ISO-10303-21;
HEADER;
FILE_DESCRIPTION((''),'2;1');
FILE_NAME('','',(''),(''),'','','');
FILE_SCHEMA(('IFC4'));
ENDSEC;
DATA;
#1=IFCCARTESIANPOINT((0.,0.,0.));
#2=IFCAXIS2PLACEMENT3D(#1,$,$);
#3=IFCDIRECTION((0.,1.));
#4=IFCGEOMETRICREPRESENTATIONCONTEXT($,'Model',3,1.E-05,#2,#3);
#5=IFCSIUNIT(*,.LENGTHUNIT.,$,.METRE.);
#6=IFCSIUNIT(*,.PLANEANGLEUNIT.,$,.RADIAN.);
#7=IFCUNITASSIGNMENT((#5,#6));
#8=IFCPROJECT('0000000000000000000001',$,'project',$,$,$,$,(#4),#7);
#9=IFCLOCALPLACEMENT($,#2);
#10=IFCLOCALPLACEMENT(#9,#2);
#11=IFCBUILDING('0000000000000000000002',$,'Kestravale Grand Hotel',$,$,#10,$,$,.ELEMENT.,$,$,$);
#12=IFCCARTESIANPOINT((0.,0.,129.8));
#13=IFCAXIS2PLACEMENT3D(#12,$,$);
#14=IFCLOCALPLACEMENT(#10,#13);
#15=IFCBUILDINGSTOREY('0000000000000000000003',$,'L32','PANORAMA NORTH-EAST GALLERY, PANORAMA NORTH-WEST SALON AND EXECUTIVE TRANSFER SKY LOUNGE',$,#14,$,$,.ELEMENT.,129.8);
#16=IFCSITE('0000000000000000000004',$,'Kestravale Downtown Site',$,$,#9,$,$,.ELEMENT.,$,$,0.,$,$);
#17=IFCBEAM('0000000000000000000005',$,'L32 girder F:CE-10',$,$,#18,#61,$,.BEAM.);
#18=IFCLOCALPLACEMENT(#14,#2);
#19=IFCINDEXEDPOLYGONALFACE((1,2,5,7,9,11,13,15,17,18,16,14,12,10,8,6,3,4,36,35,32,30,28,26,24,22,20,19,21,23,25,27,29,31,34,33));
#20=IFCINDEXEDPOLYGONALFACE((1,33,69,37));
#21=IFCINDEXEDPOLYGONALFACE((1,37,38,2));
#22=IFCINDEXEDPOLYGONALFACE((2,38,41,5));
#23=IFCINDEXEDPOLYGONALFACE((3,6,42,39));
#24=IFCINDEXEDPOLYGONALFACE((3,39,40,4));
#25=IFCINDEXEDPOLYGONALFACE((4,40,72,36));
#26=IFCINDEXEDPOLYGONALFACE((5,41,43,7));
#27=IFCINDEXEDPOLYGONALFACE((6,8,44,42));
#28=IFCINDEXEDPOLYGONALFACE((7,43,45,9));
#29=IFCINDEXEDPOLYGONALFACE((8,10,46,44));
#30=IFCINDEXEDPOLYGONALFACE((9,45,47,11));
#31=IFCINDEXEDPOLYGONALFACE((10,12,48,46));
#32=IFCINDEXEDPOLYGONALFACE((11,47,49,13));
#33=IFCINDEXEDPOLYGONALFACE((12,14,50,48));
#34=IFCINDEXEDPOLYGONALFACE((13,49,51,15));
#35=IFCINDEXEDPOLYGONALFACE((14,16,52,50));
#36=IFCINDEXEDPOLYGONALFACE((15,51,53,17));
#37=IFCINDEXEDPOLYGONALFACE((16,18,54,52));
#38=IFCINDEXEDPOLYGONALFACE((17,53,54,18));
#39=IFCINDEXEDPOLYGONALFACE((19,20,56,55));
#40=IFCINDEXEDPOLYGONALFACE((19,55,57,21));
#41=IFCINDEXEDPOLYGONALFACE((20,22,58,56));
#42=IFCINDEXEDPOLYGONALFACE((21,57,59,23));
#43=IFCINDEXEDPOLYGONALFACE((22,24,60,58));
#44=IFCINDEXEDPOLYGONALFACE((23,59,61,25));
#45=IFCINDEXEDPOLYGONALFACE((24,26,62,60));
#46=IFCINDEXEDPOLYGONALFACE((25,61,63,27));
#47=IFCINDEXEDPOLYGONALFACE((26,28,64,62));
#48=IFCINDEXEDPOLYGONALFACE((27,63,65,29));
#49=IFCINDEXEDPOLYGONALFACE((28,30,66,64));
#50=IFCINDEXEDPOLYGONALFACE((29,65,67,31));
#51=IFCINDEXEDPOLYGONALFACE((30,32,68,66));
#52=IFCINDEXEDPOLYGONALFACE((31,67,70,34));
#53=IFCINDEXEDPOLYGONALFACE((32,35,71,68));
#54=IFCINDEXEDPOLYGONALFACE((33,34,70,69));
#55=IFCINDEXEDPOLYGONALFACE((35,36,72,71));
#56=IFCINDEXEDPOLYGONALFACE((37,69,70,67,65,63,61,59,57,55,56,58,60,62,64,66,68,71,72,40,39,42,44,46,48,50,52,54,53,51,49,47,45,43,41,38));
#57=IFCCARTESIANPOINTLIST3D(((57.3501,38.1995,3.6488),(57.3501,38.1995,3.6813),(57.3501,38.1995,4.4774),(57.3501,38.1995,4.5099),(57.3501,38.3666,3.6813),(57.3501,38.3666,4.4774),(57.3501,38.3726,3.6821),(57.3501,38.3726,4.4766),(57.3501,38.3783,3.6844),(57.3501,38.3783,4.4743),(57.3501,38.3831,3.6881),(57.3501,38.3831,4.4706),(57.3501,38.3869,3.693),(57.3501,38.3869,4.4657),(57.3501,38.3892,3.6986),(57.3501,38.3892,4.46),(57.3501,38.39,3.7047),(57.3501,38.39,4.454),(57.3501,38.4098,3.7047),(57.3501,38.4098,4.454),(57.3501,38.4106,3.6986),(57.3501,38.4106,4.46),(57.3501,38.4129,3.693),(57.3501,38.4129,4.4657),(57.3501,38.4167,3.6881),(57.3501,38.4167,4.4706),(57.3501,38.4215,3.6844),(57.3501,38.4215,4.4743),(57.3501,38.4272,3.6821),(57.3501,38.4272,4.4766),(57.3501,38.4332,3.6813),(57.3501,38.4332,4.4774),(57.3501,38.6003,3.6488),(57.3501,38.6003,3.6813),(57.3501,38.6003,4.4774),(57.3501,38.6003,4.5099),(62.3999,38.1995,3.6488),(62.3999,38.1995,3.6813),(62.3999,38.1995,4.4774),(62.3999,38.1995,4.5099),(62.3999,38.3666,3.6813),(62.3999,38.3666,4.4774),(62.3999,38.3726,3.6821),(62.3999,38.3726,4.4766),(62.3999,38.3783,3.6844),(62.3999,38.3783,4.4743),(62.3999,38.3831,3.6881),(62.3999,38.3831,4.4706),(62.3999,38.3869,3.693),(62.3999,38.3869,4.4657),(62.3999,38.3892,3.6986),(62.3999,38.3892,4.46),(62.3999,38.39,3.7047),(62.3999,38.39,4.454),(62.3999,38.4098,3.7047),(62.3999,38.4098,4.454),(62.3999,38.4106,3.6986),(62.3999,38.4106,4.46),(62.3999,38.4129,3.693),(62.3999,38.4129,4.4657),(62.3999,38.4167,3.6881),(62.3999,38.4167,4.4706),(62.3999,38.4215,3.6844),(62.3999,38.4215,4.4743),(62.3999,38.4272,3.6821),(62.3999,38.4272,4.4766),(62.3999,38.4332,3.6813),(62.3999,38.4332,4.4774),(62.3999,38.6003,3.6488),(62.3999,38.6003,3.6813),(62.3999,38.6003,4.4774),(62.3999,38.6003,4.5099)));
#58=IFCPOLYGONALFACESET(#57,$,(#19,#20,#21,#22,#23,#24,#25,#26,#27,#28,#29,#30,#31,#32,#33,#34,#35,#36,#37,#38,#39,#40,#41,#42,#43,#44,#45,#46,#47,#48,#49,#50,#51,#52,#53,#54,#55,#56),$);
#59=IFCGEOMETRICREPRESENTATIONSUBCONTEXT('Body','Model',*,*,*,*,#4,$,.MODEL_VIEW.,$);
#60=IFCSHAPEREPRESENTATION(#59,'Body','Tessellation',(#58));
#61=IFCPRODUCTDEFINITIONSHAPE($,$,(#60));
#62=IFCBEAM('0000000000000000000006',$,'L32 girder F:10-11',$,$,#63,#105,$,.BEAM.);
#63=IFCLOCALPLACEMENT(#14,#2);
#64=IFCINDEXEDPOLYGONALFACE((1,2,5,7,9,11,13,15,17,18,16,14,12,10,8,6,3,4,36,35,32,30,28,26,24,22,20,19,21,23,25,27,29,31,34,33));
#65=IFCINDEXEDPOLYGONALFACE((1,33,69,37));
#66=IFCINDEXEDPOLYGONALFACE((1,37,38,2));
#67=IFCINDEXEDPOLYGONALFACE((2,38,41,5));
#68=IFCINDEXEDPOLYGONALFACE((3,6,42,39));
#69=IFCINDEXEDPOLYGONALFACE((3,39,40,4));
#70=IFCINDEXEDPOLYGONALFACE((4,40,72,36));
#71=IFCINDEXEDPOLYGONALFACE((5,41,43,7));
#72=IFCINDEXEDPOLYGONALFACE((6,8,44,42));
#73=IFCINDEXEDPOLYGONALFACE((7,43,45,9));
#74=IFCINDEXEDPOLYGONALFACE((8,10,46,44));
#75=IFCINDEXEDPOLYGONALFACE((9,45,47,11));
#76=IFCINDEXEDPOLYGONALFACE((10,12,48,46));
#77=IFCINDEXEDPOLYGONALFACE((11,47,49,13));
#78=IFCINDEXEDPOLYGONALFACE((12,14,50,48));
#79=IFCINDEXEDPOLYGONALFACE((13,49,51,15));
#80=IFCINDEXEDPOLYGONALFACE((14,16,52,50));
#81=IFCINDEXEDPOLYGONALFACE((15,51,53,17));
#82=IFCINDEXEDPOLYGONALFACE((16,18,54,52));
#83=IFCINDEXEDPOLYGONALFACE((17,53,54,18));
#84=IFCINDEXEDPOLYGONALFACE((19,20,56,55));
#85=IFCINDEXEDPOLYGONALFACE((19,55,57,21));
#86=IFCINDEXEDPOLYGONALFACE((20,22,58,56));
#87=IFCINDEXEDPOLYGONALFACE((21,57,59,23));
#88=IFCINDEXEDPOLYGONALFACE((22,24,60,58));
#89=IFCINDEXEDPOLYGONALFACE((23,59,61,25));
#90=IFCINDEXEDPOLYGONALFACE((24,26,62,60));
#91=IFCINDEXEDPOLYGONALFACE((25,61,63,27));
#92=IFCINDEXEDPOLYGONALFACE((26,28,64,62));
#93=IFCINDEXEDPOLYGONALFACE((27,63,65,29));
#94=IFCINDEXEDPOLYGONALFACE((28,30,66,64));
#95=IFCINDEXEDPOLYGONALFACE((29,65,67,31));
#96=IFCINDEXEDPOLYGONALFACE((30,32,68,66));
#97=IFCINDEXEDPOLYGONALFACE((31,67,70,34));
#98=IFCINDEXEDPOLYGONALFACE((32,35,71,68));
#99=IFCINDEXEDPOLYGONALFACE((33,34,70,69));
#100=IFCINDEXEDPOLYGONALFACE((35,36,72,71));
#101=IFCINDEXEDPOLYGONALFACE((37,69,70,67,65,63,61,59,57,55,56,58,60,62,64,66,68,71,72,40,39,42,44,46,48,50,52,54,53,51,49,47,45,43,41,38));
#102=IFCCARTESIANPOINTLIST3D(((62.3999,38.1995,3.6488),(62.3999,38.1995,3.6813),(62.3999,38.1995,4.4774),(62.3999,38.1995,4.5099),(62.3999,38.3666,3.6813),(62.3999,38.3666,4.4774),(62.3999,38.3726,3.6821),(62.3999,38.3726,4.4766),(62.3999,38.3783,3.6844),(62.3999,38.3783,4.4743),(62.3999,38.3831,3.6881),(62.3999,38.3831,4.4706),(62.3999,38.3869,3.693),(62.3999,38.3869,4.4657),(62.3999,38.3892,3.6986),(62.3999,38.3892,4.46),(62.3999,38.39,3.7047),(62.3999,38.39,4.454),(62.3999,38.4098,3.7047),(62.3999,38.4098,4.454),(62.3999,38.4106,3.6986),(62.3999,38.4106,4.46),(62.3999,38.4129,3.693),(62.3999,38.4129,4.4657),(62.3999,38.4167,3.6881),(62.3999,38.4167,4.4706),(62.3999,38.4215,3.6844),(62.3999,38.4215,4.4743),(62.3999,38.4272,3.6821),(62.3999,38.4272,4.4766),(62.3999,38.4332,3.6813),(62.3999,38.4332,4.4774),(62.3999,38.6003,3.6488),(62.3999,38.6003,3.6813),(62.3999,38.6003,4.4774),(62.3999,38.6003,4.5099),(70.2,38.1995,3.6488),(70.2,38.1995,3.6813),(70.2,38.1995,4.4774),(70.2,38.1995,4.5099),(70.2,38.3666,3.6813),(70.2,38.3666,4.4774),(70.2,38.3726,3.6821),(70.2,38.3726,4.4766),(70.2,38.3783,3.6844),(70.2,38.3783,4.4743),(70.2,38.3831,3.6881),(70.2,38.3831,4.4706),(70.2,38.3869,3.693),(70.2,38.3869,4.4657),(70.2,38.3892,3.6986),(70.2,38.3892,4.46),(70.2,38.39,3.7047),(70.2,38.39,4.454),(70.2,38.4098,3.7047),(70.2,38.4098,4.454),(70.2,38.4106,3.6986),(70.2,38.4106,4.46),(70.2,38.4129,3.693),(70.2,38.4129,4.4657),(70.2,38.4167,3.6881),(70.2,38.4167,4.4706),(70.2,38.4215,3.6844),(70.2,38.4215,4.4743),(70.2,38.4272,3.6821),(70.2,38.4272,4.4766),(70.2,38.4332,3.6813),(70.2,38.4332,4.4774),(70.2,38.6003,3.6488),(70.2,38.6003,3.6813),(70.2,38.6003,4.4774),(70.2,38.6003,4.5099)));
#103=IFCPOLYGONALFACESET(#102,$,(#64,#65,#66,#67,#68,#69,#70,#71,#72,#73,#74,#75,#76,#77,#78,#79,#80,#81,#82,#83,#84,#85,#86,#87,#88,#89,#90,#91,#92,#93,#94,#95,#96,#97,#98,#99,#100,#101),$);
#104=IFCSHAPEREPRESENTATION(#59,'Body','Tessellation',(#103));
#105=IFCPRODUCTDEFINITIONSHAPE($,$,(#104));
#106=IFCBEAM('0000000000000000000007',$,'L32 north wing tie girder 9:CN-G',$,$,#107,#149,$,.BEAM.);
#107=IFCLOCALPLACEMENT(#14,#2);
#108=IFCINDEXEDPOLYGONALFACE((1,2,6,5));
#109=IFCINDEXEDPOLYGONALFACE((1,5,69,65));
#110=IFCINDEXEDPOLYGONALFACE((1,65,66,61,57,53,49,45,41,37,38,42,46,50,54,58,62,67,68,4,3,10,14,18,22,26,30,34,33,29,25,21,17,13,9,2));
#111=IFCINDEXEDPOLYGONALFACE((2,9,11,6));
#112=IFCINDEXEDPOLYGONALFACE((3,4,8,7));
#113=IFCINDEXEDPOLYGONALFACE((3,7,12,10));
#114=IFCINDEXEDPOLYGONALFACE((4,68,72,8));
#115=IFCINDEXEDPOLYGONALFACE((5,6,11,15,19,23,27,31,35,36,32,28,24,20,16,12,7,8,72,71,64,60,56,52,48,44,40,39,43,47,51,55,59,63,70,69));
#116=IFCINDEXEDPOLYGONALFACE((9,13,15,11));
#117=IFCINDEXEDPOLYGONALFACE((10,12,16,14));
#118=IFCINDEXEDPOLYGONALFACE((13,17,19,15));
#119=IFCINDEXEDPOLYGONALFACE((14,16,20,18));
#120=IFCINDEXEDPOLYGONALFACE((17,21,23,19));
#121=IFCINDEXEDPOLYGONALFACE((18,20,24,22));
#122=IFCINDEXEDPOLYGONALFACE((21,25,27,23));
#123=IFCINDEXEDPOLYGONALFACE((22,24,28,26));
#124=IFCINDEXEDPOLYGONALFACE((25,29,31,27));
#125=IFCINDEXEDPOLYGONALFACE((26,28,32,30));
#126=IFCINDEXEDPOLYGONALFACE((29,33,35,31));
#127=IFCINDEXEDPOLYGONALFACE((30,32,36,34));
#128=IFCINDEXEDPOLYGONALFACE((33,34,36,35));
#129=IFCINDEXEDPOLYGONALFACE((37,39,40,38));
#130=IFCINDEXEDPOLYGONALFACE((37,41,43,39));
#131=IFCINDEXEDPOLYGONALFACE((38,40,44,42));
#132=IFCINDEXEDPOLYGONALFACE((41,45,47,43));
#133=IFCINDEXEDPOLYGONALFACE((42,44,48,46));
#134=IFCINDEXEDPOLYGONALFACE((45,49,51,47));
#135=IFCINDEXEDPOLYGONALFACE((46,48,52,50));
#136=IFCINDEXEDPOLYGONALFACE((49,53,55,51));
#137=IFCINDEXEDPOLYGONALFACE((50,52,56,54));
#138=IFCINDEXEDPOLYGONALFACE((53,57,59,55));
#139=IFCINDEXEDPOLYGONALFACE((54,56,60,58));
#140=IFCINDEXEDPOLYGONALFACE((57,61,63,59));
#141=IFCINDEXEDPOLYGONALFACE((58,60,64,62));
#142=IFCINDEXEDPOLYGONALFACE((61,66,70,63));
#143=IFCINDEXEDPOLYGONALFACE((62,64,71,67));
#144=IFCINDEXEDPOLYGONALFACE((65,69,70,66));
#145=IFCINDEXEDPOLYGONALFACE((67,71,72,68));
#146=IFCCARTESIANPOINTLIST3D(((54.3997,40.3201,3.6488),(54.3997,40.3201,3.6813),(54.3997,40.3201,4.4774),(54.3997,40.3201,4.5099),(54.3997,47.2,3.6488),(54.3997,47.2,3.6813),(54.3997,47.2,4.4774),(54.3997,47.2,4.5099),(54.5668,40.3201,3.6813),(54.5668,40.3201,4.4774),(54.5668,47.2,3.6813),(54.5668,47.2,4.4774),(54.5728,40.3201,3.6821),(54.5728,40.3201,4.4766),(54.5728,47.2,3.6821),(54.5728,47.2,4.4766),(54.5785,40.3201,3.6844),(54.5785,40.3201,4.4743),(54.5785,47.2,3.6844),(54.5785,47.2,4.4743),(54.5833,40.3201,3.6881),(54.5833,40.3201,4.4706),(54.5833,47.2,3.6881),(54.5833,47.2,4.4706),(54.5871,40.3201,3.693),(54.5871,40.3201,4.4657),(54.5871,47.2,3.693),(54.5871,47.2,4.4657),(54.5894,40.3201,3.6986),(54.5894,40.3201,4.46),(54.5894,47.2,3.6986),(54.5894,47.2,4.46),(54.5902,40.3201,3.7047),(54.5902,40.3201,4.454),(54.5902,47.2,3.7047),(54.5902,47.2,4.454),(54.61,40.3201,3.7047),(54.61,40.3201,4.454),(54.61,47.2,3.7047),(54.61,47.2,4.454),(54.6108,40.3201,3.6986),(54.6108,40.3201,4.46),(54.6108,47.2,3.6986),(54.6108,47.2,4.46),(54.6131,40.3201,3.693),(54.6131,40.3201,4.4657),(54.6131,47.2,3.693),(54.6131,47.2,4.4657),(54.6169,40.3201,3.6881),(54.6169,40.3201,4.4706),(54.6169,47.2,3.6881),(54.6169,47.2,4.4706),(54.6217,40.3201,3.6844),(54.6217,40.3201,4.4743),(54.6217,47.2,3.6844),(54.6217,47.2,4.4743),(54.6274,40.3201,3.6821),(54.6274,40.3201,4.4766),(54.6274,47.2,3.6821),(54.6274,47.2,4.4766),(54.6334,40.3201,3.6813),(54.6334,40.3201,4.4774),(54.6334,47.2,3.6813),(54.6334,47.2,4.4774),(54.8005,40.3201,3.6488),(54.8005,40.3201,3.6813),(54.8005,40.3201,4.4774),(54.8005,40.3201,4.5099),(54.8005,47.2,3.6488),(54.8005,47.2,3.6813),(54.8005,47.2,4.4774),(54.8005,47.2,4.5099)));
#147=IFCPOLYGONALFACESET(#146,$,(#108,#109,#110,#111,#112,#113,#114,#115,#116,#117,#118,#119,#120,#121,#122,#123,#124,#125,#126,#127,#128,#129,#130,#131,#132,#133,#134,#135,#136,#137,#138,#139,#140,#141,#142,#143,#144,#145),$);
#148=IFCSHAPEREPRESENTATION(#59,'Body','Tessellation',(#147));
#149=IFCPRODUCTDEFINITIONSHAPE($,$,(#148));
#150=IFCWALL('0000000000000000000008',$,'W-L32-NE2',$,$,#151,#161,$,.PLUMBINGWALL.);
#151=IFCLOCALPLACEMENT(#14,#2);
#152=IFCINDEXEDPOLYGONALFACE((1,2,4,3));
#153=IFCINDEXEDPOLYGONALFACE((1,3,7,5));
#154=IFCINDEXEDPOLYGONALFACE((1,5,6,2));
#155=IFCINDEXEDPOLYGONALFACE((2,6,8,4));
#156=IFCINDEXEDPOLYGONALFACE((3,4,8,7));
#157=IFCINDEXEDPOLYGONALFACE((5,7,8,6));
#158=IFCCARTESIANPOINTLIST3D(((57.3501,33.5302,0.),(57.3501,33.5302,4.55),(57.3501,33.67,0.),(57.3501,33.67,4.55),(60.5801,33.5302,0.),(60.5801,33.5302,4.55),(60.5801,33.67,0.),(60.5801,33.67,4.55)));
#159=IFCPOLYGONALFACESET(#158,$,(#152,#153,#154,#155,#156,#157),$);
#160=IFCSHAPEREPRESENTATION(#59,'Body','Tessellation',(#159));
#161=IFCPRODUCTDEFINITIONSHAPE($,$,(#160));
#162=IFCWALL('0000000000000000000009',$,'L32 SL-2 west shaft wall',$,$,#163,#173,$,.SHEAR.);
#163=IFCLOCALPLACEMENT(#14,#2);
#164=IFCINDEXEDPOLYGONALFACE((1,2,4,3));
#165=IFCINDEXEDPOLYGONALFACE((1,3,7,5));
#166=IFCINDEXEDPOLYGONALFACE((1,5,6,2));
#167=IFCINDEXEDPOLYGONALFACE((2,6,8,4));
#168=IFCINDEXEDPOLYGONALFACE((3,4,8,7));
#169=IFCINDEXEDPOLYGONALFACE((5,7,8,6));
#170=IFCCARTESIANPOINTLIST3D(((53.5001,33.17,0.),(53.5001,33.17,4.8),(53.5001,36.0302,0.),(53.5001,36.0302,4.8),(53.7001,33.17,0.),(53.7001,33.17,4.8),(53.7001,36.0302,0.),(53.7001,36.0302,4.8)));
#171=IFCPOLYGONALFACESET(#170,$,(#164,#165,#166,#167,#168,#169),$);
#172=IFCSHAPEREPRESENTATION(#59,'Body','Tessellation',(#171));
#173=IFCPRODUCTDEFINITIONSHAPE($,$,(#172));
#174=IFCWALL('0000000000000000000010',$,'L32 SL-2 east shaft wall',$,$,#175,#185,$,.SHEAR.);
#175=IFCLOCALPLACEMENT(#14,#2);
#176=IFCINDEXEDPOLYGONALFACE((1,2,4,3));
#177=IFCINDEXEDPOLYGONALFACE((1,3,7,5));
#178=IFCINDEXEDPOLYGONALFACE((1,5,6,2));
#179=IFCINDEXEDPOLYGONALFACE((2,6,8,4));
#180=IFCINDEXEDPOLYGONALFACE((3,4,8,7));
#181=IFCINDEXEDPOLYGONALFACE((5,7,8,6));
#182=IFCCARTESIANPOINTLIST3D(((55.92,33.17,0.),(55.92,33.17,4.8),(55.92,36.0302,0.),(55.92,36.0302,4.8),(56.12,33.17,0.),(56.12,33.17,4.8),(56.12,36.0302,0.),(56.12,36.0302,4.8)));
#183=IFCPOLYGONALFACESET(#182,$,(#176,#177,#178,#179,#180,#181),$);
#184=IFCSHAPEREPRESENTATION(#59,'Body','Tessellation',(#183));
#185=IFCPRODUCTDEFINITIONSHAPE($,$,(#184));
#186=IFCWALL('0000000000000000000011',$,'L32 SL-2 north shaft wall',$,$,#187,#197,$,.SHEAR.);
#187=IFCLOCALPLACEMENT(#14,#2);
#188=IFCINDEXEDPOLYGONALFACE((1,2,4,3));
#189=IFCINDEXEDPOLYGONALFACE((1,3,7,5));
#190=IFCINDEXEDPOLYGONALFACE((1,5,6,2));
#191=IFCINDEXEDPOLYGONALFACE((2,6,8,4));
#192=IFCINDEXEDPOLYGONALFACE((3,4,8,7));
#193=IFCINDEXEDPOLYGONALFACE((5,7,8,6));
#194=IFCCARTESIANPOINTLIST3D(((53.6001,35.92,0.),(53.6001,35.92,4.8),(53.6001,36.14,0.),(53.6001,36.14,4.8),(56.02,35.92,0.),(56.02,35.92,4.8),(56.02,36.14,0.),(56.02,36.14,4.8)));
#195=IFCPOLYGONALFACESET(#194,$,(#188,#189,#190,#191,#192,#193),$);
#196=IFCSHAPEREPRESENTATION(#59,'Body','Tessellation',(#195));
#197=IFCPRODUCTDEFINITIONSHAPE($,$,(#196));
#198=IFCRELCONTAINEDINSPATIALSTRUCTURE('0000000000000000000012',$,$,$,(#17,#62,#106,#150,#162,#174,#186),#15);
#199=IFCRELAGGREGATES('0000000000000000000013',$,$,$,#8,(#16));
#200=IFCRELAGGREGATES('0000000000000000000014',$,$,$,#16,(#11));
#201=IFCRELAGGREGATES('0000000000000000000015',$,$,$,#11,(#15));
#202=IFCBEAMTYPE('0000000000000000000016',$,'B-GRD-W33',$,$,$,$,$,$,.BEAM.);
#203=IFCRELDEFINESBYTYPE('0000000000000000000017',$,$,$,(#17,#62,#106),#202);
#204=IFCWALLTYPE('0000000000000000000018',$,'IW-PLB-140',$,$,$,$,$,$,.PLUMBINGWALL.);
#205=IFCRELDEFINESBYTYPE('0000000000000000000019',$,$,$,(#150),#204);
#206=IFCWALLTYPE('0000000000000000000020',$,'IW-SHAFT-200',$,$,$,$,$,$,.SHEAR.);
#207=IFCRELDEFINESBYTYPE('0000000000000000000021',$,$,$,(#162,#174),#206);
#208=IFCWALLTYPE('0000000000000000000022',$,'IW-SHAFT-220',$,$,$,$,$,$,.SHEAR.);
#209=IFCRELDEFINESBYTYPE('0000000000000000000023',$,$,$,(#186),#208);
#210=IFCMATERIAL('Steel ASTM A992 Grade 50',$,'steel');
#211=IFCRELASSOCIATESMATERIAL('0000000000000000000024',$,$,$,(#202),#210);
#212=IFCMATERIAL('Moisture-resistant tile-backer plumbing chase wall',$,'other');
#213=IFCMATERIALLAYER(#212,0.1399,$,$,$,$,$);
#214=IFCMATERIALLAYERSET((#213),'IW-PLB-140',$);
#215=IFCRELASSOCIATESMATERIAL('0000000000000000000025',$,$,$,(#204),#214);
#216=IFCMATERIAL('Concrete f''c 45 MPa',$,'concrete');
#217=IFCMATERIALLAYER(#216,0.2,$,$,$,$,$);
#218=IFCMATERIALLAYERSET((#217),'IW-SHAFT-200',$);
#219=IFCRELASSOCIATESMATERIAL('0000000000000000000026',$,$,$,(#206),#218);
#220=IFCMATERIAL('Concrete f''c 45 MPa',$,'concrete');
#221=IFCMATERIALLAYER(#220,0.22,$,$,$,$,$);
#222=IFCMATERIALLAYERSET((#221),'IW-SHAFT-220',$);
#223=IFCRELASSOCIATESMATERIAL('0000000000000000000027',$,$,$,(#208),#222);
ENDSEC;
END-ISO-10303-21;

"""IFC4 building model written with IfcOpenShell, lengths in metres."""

from ifc_helpers import new_model, si_unit, direction, frame, frame_2d, origin, origin_2d, place, context, subcontext, project, spatial, rectangle, i_section, extrude, material, layer, layer_set, material_profile, profile_set, type_object, element, save


model = new_model("IFC4")

# Units and contexts
model_context = context("Model", 3, precision=1e-05, world=origin(), true_north=direction((0.0, 1.0)))
body_context = subcontext(model_context, "Body", "Model", "MODEL_VIEW")
ifc_project = project(units=[si_unit("LENGTHUNIT", "METRE"), si_unit("PLANEANGLEUNIT", "RADIAN")], contexts=[model_context])

# Site, building, storey
site_placement = place(None, origin())
site = spatial("IfcSite", under=ifc_project, at=site_placement, Name="Kestravale Downtown Site", CompositionType="ELEMENT", RefElevation=0.0)
building_placement = place(site_placement, origin())
building = spatial("IfcBuilding", under=site, at=building_placement, Name="Kestravale Grand Hotel", CompositionType="ELEMENT")
storey_placement = place(building_placement, frame((0.0, 0.0, 129.8)))
storey = spatial("IfcBuildingStorey", under=building, at=storey_placement, Name="L32", Description="PANORAMA NORTH-EAST GALLERY, PANORAMA NORTH-WEST SALON AND EXECUTIVE TRANSFER SKY LOUNGE", CompositionType="ELEMENT", Elevation=129.8)

# Beams
ifc_material_1 = material(Name="Steel ASTM A992 Grade 50", Category="steel")
ifc_material_profile_1 = material_profile(ifc_material_1, i_section(OverallWidth=0.4009, OverallDepth=0.8611, WebThickness=0.0198, FlangeThickness=0.0325, FilletRadius=0.0234, at=origin_2d()))
ifc_profile_set_1 = profile_set([ifc_material_profile_1], Name="Steel ASTM A992 Grade 50")
beam_type_1 = type_object("IfcBeamType", Name="B-GRD-W33", PredefinedType="BEAM", material=ifc_profile_set_1)
beam_1_placement = place(storey_placement, frame((57.3501, 38.3999, 4.0793), z_axis=(1.0, 0.0, 0.0), x_axis=(0.0, 1.0, 0.0)))
element("IfcBeam", 1, at=beam_1_placement, inside=storey, type_object=beam_type_1, Name="L32 girder F:CE-10", PredefinedType="BEAM", context=body_context, shape_type="SweptSolid", body=[
    extrude(i_section(OverallWidth=0.4009, OverallDepth=0.8611, WebThickness=0.0198, FlangeThickness=0.0325, FilletRadius=0.0234, at=origin_2d()), origin(), (0.0, 0.0, 1.0), 5.0498),
])
beam_2_placement = place(storey_placement, frame((62.3999, 38.3999, 4.0793), z_axis=(1.0, 0.0, 0.0), x_axis=(0.0, 1.0, 0.0)))
element("IfcBeam", 2, at=beam_2_placement, inside=storey, type_object=beam_type_1, Name="L32 girder F:10-11", PredefinedType="BEAM", context=body_context, shape_type="SweptSolid", body=[
    extrude(i_section(OverallWidth=0.4009, OverallDepth=0.8611, WebThickness=0.0198, FlangeThickness=0.0325, FilletRadius=0.0234, at=origin_2d()), origin(), (0.0, 0.0, 1.0), 7.8),
])
beam_3_placement = place(storey_placement, frame((54.6001, 40.3201, 4.0793), z_axis=(0.0, 1.0, 0.0), x_axis=(-1.0, 0.0, 0.0)))
element("IfcBeam", 3, at=beam_3_placement, inside=storey, type_object=beam_type_1, Name="L32 north wing tie girder 9:CN-G", PredefinedType="BEAM", context=body_context, shape_type="SweptSolid", body=[
    extrude(i_section(OverallWidth=0.4009, OverallDepth=0.8611, WebThickness=0.0198, FlangeThickness=0.0325, FilletRadius=0.0234, at=origin_2d()), origin(), (0.0, 0.0, 1.0), 6.8799),
])

# Walls
ifc_material_2 = material(Name="Moisture-resistant tile-backer plumbing chase wall", Category="other")
ifc_layer_1 = layer(ifc_material_2, 0.1399)
ifc_layer_set_1 = layer_set([ifc_layer_1], Name="IW-PLB-140")
wall_type_1 = type_object("IfcWallType", Name="IW-PLB-140", PredefinedType="PLUMBINGWALL", material=ifc_layer_set_1)
wall_1_placement = place(storey_placement, frame((57.3501, 33.6001, 0.0), z_axis=(0.0, 0.0, 1.0), x_axis=(1.0, 0.0, 0.0)))
element("IfcWall", 4, at=wall_1_placement, inside=storey, type_object=wall_type_1, Name="W-L32-NE2", PredefinedType="PLUMBINGWALL", context=body_context, shape_type="SweptSolid", body=[
    extrude(rectangle(XDim=3.23, YDim=0.1399, at=frame_2d((1.615, 0.0))), origin(), (0.0, 0.0, 1.0), 4.55),
])
ifc_material_3 = material(Name="Concrete f'c 45 MPa", Category="concrete")
ifc_layer_2 = layer(ifc_material_3, 0.2)
ifc_layer_set_2 = layer_set([ifc_layer_2], Name="IW-SHAFT-200")
wall_type_2 = type_object("IfcWallType", Name="IW-SHAFT-200", PredefinedType="SHEAR", material=ifc_layer_set_2)
for number, where, z_axis, x_axis, name in (
    (5, (53.6001, 33.1699, 0.0), (0.0, 0.0, 1.0), (0.0, 1.0, 0.0), "L32 SL-2 west shaft wall"),
    (6, (56.02, 33.1699, 0.0), (0.0, 0.0, 1.0), (0.0, 1.0, 0.0), "L32 SL-2 east shaft wall"),
):
    element("IfcWall", number, at=place(storey_placement, frame(where, z_axis=z_axis, x_axis=x_axis)), inside=storey, type_object=wall_type_2, Name=name, PredefinedType="SHEAR", context=body_context, shape_type="SweptSolid", body=[
        extrude(rectangle(XDim=2.8601, YDim=0.2, at=frame_2d((1.4302, 0.0))), origin(), (0.0, 0.0, 1.0), 4.8),
    ])
ifc_material_4 = material(Name="Concrete f'c 45 MPa", Category="concrete")
ifc_layer_3 = layer(ifc_material_4, 0.22)
ifc_layer_set_3 = layer_set([ifc_layer_3], Name="IW-SHAFT-220")
wall_type_3 = type_object("IfcWallType", Name="IW-SHAFT-220", PredefinedType="SHEAR", material=ifc_layer_set_3)
wall_2_placement = place(storey_placement, frame((53.6001, 36.03, 0.0), z_axis=(0.0, 0.0, 1.0), x_axis=(1.0, 0.0, 0.0)))
element("IfcWall", 7, at=wall_2_placement, inside=storey, type_object=wall_type_3, Name="L32 SL-2 north shaft wall", PredefinedType="SHEAR", context=body_context, shape_type="SweptSolid", body=[
    extrude(rectangle(XDim=2.4199, YDim=0.22, at=frame_2d((1.21, 0.0))), origin(), (0.0, 0.0, 1.0), 4.8),
])

save(model, "model.ifc")
